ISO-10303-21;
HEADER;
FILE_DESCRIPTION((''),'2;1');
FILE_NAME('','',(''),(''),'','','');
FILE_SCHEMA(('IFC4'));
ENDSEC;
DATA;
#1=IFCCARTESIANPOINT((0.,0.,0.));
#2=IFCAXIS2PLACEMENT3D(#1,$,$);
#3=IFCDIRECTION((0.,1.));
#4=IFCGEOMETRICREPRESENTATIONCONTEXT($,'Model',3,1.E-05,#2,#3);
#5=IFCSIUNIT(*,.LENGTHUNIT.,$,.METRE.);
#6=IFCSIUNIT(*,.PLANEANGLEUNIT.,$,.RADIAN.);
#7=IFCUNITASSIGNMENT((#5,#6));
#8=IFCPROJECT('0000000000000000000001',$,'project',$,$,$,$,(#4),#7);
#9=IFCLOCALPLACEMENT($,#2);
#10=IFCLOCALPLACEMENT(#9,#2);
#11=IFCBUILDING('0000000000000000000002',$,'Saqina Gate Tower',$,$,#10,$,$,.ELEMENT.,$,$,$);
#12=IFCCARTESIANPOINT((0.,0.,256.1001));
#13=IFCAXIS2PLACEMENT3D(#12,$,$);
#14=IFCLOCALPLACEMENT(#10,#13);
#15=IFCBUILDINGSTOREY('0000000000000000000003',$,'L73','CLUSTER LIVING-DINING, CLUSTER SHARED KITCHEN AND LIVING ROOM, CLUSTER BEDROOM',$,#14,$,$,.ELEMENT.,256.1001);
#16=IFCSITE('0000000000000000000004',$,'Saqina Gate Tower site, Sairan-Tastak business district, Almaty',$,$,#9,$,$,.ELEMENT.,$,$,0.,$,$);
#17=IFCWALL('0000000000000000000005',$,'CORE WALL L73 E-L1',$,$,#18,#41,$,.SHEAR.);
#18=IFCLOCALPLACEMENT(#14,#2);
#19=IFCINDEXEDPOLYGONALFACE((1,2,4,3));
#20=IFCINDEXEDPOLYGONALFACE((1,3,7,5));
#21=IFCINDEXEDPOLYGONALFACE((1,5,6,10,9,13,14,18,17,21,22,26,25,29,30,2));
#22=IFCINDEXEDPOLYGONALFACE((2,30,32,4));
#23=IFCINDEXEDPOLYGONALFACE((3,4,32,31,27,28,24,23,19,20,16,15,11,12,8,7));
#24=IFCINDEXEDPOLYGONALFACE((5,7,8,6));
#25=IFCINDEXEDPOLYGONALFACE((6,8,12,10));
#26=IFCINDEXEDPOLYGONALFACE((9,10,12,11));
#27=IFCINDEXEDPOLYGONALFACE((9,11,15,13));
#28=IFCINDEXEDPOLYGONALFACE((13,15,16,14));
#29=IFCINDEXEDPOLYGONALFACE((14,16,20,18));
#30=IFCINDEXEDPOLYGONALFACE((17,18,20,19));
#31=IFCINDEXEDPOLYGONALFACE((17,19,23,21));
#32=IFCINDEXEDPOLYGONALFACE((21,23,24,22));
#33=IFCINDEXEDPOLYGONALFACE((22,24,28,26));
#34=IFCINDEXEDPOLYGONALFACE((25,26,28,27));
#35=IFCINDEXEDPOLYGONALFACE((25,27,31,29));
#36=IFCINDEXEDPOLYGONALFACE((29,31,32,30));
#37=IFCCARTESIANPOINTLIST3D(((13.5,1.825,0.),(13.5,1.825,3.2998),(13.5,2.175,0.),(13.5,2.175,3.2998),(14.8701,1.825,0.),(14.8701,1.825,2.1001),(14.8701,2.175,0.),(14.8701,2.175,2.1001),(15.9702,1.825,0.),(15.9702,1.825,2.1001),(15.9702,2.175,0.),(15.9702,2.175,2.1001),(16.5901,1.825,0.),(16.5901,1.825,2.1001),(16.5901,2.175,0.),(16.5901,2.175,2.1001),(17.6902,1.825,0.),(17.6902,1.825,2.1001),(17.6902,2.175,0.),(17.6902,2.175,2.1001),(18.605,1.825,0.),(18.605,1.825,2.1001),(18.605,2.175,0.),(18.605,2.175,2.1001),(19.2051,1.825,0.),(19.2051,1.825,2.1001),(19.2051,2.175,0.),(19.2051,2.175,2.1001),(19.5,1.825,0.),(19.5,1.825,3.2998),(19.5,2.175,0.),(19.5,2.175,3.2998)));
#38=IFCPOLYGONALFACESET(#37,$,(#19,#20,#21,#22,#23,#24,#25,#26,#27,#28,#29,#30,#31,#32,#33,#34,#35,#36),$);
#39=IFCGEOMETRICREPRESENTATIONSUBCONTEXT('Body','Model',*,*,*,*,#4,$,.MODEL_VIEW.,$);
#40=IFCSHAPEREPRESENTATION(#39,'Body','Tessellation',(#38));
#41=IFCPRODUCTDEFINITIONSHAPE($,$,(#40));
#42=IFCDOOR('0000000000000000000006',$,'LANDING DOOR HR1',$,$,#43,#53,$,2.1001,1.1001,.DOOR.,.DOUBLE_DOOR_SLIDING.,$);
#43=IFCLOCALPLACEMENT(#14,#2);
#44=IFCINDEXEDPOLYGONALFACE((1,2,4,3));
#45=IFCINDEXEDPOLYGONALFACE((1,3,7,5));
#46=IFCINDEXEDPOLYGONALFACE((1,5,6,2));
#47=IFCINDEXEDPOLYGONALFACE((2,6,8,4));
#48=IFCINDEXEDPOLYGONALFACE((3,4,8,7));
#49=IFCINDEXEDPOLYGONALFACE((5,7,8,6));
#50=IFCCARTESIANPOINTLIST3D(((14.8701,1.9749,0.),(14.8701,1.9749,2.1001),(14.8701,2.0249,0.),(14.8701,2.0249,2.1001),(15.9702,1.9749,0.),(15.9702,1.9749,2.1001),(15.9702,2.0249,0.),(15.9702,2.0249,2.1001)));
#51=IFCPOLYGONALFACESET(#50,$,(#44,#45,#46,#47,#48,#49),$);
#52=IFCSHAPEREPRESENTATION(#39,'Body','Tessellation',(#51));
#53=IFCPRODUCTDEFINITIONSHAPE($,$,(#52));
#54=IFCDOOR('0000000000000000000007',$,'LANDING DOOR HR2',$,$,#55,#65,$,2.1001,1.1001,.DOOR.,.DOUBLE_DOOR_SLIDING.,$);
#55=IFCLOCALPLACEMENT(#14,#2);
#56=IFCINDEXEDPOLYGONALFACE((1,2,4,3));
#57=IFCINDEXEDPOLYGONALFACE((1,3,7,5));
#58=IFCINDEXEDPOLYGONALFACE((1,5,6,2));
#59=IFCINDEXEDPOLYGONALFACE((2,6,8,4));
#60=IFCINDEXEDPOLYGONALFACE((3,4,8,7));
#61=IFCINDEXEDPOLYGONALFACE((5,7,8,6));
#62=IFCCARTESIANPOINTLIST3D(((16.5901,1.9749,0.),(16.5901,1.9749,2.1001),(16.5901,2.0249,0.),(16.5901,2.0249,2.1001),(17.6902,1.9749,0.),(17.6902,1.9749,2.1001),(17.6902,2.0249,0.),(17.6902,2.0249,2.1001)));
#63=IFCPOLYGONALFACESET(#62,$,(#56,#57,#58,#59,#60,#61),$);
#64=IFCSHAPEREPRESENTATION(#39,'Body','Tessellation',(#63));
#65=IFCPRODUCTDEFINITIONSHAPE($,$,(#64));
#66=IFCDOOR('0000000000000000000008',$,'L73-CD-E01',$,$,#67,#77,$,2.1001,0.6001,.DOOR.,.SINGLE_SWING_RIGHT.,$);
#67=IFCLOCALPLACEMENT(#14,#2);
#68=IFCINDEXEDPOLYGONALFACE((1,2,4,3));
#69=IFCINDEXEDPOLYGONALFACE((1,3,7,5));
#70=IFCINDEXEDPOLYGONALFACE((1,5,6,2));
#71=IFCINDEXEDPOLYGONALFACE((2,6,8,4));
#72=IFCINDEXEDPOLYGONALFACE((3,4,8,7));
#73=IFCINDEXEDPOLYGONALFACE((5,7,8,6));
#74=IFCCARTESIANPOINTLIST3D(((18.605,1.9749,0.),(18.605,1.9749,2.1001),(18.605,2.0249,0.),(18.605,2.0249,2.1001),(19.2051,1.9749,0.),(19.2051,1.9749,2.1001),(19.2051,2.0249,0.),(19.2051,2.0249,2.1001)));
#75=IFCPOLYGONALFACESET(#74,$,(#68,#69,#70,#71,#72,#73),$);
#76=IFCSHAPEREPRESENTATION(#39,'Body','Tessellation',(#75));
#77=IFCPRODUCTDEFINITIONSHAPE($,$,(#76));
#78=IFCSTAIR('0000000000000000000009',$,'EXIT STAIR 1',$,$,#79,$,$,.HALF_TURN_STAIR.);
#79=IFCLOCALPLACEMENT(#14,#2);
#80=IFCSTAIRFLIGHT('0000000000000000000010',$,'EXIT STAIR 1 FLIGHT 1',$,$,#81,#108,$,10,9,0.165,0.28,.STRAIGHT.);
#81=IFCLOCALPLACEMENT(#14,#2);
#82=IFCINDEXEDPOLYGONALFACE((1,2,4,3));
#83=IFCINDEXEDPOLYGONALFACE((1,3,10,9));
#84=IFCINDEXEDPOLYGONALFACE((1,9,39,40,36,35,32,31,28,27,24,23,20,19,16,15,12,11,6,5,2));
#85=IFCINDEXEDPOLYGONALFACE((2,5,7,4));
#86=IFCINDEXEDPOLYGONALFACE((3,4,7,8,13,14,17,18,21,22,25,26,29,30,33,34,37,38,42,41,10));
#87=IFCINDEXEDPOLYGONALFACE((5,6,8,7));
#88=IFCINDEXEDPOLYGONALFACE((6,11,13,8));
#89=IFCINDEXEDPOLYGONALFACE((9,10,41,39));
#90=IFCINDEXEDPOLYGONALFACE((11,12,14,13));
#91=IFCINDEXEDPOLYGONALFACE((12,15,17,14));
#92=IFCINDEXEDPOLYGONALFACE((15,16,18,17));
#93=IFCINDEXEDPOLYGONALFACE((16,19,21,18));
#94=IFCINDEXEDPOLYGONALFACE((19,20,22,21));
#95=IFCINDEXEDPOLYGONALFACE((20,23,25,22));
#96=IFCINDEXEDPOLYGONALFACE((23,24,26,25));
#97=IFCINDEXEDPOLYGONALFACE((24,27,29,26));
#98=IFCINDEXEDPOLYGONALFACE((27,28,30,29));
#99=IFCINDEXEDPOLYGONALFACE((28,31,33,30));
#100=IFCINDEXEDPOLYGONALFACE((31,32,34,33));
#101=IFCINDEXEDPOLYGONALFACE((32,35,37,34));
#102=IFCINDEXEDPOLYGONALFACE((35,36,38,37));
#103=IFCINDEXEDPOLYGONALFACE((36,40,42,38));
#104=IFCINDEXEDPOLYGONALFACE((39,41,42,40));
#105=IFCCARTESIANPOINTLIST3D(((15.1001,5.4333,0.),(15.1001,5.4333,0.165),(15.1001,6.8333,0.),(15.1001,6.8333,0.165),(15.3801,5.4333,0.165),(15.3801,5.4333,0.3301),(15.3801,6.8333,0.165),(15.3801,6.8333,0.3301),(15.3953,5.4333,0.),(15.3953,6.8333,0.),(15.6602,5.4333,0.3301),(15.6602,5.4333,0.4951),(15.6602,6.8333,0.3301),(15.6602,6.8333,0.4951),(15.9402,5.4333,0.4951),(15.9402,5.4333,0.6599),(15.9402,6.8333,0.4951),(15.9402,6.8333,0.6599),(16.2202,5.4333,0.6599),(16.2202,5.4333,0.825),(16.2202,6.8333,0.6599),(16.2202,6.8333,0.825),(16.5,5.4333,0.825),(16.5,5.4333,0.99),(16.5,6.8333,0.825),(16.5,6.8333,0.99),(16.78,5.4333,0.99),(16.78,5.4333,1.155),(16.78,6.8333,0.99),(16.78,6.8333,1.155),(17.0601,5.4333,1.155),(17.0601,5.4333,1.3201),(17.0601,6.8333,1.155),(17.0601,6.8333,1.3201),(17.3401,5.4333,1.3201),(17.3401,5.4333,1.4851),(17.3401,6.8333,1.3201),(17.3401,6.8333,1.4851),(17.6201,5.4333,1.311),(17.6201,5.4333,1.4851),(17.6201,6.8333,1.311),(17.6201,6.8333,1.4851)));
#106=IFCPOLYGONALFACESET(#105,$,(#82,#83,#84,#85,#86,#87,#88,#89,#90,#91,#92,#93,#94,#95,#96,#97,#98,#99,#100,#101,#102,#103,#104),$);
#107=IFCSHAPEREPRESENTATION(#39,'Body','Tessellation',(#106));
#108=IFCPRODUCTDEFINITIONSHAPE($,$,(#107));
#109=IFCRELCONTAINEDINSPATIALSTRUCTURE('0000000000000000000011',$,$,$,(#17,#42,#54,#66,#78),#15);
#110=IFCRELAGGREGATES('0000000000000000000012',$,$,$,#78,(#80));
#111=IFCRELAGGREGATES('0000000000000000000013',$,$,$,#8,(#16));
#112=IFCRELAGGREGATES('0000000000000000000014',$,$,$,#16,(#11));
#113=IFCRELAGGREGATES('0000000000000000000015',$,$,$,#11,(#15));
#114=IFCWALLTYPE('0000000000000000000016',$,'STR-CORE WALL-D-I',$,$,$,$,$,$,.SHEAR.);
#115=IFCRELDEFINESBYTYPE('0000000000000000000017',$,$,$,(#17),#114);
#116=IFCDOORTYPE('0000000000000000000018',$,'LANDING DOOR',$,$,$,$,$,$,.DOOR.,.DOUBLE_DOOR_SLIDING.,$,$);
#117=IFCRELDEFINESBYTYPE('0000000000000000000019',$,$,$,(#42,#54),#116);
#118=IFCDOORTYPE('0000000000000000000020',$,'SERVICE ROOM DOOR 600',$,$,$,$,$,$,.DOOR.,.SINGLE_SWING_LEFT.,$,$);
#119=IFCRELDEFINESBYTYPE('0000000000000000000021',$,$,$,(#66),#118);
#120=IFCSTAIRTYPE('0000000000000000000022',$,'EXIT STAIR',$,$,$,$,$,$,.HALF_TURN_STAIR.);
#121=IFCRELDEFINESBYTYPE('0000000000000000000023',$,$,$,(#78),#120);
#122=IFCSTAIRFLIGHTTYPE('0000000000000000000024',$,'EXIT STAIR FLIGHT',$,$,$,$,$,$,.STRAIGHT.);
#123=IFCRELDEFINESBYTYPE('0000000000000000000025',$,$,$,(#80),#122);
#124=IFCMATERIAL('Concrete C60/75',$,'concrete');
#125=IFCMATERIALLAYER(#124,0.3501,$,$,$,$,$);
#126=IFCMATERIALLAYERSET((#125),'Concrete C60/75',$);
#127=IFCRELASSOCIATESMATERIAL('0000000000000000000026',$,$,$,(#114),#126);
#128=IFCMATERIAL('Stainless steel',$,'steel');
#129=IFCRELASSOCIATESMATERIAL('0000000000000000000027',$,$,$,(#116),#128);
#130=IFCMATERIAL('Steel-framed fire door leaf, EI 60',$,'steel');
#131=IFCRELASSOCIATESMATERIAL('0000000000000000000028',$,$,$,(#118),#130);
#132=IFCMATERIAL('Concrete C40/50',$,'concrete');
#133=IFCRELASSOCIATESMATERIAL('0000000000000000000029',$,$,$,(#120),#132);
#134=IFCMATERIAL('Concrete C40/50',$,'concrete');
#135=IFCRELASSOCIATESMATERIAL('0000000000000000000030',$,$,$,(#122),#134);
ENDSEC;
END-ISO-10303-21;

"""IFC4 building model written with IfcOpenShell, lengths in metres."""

from ifc_helpers import new_model, si_unit, direction, frame, frame_2d, origin, place, context, subcontext, project, spatial, polyline, rectangle, outline, extrude, material, layer, layer_set, type_object, element, fill, aggregate, save


model = new_model("IFC4")

# Units and contexts
model_context = context("Model", 3, precision=1e-05, world=origin(), true_north=direction((0.0, 1.0)))
body_context = subcontext(model_context, "Body", "Model", "MODEL_VIEW")
ifc_project = project(units=[si_unit("LENGTHUNIT", "METRE"), si_unit("PLANEANGLEUNIT", "RADIAN")], contexts=[model_context])

# Site, building, storey
site_placement = place(None, origin())
site = spatial("IfcSite", under=ifc_project, at=site_placement, Name="Saqina Gate Tower site, Sairan-Tastak business district, Almaty", CompositionType="ELEMENT", RefElevation=0.0)
building_placement = place(site_placement, origin())
building = spatial("IfcBuilding", under=site, at=building_placement, Name="Saqina Gate Tower", CompositionType="ELEMENT")
storey_placement = place(building_placement, frame((0.0, 0.0, 256.1001)))
storey = spatial("IfcBuildingStorey", under=building, at=storey_placement, Name="L73", Description="CLUSTER LIVING-DINING, CLUSTER SHARED KITCHEN AND LIVING ROOM, CLUSTER BEDROOM", CompositionType="ELEMENT", Elevation=256.1001)

# Shared definitions
ifc_material_1 = material(Name="Concrete C60/75", Category="concrete")
ifc_layer_1 = layer(ifc_material_1, 0.3501)
ifc_layer_set_1 = layer_set([ifc_layer_1], Name="Concrete C60/75")
wall_type_1 = type_object("IfcWallType", Name="STR-CORE WALL-D-I", PredefinedType="SHEAR", material=ifc_layer_set_1)

# Wall, openings, doors
wall_1_placement = place(storey_placement, frame((13.5, 2.0, 0.0), z_axis=(0.0, 0.0, 1.0), x_axis=(1.0, 0.0, 0.0)))
wall_1 = element("IfcWall", 1, at=wall_1_placement, inside=storey, type_object=wall_type_1, Name="CORE WALL L73 E-L1", PredefinedType="SHEAR", context=body_context, shape_type="SweptSolid", body=[
    extrude(rectangle(XDim=6.0, YDim=0.3501, at=frame_2d((3.0, 0.0))), origin(), (0.0, 0.0, 1.0), 3.2998),
])
opening_1_placement = place(wall_1_placement, frame((1.3701, 0.0, 0.0)))
opening_1 = element("IfcOpeningElement", 2, at=opening_1_placement, cuts=wall_1, PredefinedType="OPENING", context=body_context, shape_type="SweptSolid", body=[
    extrude(rectangle(XDim=1.1001, YDim=2.1001, at=frame_2d((0.55, 1.05))), frame((0.0, 0.187, 0.0), z_axis=(0.0, -1.0, 0.0), x_axis=(1.0, 0.0, 0.0)), (0.0, 0.0, 1.0), 0.374),
])
opening_2_placement = place(wall_1_placement, frame((3.0901, 0.0, 0.0)))
opening_2 = element("IfcOpeningElement", 3, at=opening_2_placement, cuts=wall_1, PredefinedType="OPENING", context=body_context, shape_type="SweptSolid", body=[
    extrude(rectangle(XDim=1.1001, YDim=2.1001, at=frame_2d((0.55, 1.05))), frame((0.0, 0.187, 0.0), z_axis=(0.0, -1.0, 0.0), x_axis=(1.0, 0.0, 0.0)), (0.0, 0.0, 1.0), 0.374),
])
opening_3_placement = place(wall_1_placement, frame((5.105, 0.0, 0.0)))
opening_3 = element("IfcOpeningElement", 4, at=opening_3_placement, cuts=wall_1, PredefinedType="OPENING", context=body_context, shape_type="SweptSolid", body=[
    extrude(rectangle(XDim=0.6001, YDim=2.1001, at=frame_2d((0.3, 1.05))), frame((0.0, 0.187, 0.0), z_axis=(0.0, -1.0, 0.0), x_axis=(1.0, 0.0, 0.0)), (0.0, 0.0, 1.0), 0.374),
])
ifc_material_2 = material(Name="Stainless steel", Category="steel")
door_type_1 = type_object("IfcDoorType", Name="LANDING DOOR", OperationType="DOUBLE_DOOR_SLIDING", PredefinedType="DOOR", material=ifc_material_2)
door_1_placement = place(opening_1_placement, origin())
door_1 = element("IfcDoor", 5, at=door_1_placement, inside=storey, type_object=door_type_1, Name="LANDING DOOR HR1", OperationType="DOUBLE_DOOR_SLIDING", OverallHeight=2.1001, OverallWidth=1.1001, PredefinedType="DOOR", context=body_context, shape_type="SweptSolid", body=[
    extrude(rectangle(XDim=1.1001, YDim=2.1001, at=frame_2d((0.55, 1.05))), frame((0.0, 0.0249, 0.0), z_axis=(0.0, -1.0, 0.0), x_axis=(1.0, 0.0, 0.0)), (0.0, 0.0, 1.0), 0.05),
])
fill(opening_1, door_1)
door_2_placement = place(opening_2_placement, origin())
door_2 = element("IfcDoor", 6, at=door_2_placement, inside=storey, type_object=door_type_1, Name="LANDING DOOR HR2", OperationType="DOUBLE_DOOR_SLIDING", OverallHeight=2.1001, OverallWidth=1.1001, PredefinedType="DOOR", context=body_context, shape_type="SweptSolid", body=[
    extrude(rectangle(XDim=1.1001, YDim=2.1001, at=frame_2d((0.55, 1.05))), frame((0.0, 0.0249, 0.0), z_axis=(0.0, -1.0, 0.0), x_axis=(1.0, 0.0, 0.0)), (0.0, 0.0, 1.0), 0.05),
])
fill(opening_2, door_2)
ifc_material_3 = material(Name="Steel-framed fire door leaf, EI 60", Category="steel")
door_type_2 = type_object("IfcDoorType", Name="SERVICE ROOM DOOR 600", OperationType="SINGLE_SWING_LEFT", PredefinedType="DOOR", material=ifc_material_3)
door_3_placement = place(opening_3_placement, origin())
door_3 = element("IfcDoor", 7, at=door_3_placement, inside=storey, type_object=door_type_2, Name="L73-CD-E01", OperationType="SINGLE_SWING_RIGHT", OverallHeight=2.1001, OverallWidth=0.6001, PredefinedType="DOOR", context=body_context, shape_type="SweptSolid", body=[
    extrude(rectangle(XDim=0.6001, YDim=2.1001, at=frame_2d((0.3, 1.05))), frame((0.0, 0.0249, 0.0), z_axis=(0.0, -1.0, 0.0), x_axis=(1.0, 0.0, 0.0)), (0.0, 0.0, 1.0), 0.05),
])
fill(opening_3, door_3)

# Stair, stair flight
ifc_material_4 = material(Name="Concrete C40/50", Category="concrete")
stair_type = type_object("IfcStairType", Name="EXIT STAIR", PredefinedType="HALF_TURN_STAIR", material=ifc_material_4)
stair_placement = place(storey_placement, origin())
stair = element("IfcStair", 8, at=stair_placement, inside=storey, type_object=stair_type, Name="EXIT STAIR 1", PredefinedType="HALF_TURN_STAIR")
ifc_material_5 = material(Name="Concrete C40/50", Category="concrete")
stair_flight_type = type_object("IfcStairFlightType", Name="EXIT STAIR FLIGHT", PredefinedType="STRAIGHT", material=ifc_material_5)
stair_flight_placement = place(storey_placement, frame((15.1001, 6.1333, 0.0), z_axis=(0.0, 0.0, 1.0), x_axis=(1.0, 0.0, 0.0)))
stair_flight = element("IfcStairFlight", 9, at=stair_flight_placement, type_object=stair_flight_type, Name="EXIT STAIR 1 FLIGHT 1", NumberOfRisers=10, NumberOfTreads=9, PredefinedType="STRAIGHT", RiserHeight=0.165, TreadLength=0.28, context=body_context, shape_type="SweptSolid", body=[
    extrude(outline(polyline([(0.0, 0.0), (0.0, 0.165), (0.28, 0.165), (0.28, 0.3301), (0.5601, 0.3301), (0.5601, 0.4951), (0.8401, 0.4951), (0.8401, 0.6599), (1.1201, 0.6599), (1.1201, 0.825), (1.3999, 0.825), (1.3999, 0.99), (1.6799, 0.99), (1.6799, 1.155), (1.96, 1.155), (1.96, 1.3201), (2.24, 1.3201), (2.24, 1.4851), (2.52, 1.4851), (2.52, 1.6499), (2.52, 1.311), (0.2952, 0.0), (0.0, 0.0)])), frame((0.0, 0.7, 0.0), z_axis=(0.0, -1.0, 0.0), x_axis=(1.0, 0.0, 0.0)), (0.0, 0.0, 1.0), 1.3999),
])
aggregate(stair, [stair_flight])

save(model, "model.ifc")
